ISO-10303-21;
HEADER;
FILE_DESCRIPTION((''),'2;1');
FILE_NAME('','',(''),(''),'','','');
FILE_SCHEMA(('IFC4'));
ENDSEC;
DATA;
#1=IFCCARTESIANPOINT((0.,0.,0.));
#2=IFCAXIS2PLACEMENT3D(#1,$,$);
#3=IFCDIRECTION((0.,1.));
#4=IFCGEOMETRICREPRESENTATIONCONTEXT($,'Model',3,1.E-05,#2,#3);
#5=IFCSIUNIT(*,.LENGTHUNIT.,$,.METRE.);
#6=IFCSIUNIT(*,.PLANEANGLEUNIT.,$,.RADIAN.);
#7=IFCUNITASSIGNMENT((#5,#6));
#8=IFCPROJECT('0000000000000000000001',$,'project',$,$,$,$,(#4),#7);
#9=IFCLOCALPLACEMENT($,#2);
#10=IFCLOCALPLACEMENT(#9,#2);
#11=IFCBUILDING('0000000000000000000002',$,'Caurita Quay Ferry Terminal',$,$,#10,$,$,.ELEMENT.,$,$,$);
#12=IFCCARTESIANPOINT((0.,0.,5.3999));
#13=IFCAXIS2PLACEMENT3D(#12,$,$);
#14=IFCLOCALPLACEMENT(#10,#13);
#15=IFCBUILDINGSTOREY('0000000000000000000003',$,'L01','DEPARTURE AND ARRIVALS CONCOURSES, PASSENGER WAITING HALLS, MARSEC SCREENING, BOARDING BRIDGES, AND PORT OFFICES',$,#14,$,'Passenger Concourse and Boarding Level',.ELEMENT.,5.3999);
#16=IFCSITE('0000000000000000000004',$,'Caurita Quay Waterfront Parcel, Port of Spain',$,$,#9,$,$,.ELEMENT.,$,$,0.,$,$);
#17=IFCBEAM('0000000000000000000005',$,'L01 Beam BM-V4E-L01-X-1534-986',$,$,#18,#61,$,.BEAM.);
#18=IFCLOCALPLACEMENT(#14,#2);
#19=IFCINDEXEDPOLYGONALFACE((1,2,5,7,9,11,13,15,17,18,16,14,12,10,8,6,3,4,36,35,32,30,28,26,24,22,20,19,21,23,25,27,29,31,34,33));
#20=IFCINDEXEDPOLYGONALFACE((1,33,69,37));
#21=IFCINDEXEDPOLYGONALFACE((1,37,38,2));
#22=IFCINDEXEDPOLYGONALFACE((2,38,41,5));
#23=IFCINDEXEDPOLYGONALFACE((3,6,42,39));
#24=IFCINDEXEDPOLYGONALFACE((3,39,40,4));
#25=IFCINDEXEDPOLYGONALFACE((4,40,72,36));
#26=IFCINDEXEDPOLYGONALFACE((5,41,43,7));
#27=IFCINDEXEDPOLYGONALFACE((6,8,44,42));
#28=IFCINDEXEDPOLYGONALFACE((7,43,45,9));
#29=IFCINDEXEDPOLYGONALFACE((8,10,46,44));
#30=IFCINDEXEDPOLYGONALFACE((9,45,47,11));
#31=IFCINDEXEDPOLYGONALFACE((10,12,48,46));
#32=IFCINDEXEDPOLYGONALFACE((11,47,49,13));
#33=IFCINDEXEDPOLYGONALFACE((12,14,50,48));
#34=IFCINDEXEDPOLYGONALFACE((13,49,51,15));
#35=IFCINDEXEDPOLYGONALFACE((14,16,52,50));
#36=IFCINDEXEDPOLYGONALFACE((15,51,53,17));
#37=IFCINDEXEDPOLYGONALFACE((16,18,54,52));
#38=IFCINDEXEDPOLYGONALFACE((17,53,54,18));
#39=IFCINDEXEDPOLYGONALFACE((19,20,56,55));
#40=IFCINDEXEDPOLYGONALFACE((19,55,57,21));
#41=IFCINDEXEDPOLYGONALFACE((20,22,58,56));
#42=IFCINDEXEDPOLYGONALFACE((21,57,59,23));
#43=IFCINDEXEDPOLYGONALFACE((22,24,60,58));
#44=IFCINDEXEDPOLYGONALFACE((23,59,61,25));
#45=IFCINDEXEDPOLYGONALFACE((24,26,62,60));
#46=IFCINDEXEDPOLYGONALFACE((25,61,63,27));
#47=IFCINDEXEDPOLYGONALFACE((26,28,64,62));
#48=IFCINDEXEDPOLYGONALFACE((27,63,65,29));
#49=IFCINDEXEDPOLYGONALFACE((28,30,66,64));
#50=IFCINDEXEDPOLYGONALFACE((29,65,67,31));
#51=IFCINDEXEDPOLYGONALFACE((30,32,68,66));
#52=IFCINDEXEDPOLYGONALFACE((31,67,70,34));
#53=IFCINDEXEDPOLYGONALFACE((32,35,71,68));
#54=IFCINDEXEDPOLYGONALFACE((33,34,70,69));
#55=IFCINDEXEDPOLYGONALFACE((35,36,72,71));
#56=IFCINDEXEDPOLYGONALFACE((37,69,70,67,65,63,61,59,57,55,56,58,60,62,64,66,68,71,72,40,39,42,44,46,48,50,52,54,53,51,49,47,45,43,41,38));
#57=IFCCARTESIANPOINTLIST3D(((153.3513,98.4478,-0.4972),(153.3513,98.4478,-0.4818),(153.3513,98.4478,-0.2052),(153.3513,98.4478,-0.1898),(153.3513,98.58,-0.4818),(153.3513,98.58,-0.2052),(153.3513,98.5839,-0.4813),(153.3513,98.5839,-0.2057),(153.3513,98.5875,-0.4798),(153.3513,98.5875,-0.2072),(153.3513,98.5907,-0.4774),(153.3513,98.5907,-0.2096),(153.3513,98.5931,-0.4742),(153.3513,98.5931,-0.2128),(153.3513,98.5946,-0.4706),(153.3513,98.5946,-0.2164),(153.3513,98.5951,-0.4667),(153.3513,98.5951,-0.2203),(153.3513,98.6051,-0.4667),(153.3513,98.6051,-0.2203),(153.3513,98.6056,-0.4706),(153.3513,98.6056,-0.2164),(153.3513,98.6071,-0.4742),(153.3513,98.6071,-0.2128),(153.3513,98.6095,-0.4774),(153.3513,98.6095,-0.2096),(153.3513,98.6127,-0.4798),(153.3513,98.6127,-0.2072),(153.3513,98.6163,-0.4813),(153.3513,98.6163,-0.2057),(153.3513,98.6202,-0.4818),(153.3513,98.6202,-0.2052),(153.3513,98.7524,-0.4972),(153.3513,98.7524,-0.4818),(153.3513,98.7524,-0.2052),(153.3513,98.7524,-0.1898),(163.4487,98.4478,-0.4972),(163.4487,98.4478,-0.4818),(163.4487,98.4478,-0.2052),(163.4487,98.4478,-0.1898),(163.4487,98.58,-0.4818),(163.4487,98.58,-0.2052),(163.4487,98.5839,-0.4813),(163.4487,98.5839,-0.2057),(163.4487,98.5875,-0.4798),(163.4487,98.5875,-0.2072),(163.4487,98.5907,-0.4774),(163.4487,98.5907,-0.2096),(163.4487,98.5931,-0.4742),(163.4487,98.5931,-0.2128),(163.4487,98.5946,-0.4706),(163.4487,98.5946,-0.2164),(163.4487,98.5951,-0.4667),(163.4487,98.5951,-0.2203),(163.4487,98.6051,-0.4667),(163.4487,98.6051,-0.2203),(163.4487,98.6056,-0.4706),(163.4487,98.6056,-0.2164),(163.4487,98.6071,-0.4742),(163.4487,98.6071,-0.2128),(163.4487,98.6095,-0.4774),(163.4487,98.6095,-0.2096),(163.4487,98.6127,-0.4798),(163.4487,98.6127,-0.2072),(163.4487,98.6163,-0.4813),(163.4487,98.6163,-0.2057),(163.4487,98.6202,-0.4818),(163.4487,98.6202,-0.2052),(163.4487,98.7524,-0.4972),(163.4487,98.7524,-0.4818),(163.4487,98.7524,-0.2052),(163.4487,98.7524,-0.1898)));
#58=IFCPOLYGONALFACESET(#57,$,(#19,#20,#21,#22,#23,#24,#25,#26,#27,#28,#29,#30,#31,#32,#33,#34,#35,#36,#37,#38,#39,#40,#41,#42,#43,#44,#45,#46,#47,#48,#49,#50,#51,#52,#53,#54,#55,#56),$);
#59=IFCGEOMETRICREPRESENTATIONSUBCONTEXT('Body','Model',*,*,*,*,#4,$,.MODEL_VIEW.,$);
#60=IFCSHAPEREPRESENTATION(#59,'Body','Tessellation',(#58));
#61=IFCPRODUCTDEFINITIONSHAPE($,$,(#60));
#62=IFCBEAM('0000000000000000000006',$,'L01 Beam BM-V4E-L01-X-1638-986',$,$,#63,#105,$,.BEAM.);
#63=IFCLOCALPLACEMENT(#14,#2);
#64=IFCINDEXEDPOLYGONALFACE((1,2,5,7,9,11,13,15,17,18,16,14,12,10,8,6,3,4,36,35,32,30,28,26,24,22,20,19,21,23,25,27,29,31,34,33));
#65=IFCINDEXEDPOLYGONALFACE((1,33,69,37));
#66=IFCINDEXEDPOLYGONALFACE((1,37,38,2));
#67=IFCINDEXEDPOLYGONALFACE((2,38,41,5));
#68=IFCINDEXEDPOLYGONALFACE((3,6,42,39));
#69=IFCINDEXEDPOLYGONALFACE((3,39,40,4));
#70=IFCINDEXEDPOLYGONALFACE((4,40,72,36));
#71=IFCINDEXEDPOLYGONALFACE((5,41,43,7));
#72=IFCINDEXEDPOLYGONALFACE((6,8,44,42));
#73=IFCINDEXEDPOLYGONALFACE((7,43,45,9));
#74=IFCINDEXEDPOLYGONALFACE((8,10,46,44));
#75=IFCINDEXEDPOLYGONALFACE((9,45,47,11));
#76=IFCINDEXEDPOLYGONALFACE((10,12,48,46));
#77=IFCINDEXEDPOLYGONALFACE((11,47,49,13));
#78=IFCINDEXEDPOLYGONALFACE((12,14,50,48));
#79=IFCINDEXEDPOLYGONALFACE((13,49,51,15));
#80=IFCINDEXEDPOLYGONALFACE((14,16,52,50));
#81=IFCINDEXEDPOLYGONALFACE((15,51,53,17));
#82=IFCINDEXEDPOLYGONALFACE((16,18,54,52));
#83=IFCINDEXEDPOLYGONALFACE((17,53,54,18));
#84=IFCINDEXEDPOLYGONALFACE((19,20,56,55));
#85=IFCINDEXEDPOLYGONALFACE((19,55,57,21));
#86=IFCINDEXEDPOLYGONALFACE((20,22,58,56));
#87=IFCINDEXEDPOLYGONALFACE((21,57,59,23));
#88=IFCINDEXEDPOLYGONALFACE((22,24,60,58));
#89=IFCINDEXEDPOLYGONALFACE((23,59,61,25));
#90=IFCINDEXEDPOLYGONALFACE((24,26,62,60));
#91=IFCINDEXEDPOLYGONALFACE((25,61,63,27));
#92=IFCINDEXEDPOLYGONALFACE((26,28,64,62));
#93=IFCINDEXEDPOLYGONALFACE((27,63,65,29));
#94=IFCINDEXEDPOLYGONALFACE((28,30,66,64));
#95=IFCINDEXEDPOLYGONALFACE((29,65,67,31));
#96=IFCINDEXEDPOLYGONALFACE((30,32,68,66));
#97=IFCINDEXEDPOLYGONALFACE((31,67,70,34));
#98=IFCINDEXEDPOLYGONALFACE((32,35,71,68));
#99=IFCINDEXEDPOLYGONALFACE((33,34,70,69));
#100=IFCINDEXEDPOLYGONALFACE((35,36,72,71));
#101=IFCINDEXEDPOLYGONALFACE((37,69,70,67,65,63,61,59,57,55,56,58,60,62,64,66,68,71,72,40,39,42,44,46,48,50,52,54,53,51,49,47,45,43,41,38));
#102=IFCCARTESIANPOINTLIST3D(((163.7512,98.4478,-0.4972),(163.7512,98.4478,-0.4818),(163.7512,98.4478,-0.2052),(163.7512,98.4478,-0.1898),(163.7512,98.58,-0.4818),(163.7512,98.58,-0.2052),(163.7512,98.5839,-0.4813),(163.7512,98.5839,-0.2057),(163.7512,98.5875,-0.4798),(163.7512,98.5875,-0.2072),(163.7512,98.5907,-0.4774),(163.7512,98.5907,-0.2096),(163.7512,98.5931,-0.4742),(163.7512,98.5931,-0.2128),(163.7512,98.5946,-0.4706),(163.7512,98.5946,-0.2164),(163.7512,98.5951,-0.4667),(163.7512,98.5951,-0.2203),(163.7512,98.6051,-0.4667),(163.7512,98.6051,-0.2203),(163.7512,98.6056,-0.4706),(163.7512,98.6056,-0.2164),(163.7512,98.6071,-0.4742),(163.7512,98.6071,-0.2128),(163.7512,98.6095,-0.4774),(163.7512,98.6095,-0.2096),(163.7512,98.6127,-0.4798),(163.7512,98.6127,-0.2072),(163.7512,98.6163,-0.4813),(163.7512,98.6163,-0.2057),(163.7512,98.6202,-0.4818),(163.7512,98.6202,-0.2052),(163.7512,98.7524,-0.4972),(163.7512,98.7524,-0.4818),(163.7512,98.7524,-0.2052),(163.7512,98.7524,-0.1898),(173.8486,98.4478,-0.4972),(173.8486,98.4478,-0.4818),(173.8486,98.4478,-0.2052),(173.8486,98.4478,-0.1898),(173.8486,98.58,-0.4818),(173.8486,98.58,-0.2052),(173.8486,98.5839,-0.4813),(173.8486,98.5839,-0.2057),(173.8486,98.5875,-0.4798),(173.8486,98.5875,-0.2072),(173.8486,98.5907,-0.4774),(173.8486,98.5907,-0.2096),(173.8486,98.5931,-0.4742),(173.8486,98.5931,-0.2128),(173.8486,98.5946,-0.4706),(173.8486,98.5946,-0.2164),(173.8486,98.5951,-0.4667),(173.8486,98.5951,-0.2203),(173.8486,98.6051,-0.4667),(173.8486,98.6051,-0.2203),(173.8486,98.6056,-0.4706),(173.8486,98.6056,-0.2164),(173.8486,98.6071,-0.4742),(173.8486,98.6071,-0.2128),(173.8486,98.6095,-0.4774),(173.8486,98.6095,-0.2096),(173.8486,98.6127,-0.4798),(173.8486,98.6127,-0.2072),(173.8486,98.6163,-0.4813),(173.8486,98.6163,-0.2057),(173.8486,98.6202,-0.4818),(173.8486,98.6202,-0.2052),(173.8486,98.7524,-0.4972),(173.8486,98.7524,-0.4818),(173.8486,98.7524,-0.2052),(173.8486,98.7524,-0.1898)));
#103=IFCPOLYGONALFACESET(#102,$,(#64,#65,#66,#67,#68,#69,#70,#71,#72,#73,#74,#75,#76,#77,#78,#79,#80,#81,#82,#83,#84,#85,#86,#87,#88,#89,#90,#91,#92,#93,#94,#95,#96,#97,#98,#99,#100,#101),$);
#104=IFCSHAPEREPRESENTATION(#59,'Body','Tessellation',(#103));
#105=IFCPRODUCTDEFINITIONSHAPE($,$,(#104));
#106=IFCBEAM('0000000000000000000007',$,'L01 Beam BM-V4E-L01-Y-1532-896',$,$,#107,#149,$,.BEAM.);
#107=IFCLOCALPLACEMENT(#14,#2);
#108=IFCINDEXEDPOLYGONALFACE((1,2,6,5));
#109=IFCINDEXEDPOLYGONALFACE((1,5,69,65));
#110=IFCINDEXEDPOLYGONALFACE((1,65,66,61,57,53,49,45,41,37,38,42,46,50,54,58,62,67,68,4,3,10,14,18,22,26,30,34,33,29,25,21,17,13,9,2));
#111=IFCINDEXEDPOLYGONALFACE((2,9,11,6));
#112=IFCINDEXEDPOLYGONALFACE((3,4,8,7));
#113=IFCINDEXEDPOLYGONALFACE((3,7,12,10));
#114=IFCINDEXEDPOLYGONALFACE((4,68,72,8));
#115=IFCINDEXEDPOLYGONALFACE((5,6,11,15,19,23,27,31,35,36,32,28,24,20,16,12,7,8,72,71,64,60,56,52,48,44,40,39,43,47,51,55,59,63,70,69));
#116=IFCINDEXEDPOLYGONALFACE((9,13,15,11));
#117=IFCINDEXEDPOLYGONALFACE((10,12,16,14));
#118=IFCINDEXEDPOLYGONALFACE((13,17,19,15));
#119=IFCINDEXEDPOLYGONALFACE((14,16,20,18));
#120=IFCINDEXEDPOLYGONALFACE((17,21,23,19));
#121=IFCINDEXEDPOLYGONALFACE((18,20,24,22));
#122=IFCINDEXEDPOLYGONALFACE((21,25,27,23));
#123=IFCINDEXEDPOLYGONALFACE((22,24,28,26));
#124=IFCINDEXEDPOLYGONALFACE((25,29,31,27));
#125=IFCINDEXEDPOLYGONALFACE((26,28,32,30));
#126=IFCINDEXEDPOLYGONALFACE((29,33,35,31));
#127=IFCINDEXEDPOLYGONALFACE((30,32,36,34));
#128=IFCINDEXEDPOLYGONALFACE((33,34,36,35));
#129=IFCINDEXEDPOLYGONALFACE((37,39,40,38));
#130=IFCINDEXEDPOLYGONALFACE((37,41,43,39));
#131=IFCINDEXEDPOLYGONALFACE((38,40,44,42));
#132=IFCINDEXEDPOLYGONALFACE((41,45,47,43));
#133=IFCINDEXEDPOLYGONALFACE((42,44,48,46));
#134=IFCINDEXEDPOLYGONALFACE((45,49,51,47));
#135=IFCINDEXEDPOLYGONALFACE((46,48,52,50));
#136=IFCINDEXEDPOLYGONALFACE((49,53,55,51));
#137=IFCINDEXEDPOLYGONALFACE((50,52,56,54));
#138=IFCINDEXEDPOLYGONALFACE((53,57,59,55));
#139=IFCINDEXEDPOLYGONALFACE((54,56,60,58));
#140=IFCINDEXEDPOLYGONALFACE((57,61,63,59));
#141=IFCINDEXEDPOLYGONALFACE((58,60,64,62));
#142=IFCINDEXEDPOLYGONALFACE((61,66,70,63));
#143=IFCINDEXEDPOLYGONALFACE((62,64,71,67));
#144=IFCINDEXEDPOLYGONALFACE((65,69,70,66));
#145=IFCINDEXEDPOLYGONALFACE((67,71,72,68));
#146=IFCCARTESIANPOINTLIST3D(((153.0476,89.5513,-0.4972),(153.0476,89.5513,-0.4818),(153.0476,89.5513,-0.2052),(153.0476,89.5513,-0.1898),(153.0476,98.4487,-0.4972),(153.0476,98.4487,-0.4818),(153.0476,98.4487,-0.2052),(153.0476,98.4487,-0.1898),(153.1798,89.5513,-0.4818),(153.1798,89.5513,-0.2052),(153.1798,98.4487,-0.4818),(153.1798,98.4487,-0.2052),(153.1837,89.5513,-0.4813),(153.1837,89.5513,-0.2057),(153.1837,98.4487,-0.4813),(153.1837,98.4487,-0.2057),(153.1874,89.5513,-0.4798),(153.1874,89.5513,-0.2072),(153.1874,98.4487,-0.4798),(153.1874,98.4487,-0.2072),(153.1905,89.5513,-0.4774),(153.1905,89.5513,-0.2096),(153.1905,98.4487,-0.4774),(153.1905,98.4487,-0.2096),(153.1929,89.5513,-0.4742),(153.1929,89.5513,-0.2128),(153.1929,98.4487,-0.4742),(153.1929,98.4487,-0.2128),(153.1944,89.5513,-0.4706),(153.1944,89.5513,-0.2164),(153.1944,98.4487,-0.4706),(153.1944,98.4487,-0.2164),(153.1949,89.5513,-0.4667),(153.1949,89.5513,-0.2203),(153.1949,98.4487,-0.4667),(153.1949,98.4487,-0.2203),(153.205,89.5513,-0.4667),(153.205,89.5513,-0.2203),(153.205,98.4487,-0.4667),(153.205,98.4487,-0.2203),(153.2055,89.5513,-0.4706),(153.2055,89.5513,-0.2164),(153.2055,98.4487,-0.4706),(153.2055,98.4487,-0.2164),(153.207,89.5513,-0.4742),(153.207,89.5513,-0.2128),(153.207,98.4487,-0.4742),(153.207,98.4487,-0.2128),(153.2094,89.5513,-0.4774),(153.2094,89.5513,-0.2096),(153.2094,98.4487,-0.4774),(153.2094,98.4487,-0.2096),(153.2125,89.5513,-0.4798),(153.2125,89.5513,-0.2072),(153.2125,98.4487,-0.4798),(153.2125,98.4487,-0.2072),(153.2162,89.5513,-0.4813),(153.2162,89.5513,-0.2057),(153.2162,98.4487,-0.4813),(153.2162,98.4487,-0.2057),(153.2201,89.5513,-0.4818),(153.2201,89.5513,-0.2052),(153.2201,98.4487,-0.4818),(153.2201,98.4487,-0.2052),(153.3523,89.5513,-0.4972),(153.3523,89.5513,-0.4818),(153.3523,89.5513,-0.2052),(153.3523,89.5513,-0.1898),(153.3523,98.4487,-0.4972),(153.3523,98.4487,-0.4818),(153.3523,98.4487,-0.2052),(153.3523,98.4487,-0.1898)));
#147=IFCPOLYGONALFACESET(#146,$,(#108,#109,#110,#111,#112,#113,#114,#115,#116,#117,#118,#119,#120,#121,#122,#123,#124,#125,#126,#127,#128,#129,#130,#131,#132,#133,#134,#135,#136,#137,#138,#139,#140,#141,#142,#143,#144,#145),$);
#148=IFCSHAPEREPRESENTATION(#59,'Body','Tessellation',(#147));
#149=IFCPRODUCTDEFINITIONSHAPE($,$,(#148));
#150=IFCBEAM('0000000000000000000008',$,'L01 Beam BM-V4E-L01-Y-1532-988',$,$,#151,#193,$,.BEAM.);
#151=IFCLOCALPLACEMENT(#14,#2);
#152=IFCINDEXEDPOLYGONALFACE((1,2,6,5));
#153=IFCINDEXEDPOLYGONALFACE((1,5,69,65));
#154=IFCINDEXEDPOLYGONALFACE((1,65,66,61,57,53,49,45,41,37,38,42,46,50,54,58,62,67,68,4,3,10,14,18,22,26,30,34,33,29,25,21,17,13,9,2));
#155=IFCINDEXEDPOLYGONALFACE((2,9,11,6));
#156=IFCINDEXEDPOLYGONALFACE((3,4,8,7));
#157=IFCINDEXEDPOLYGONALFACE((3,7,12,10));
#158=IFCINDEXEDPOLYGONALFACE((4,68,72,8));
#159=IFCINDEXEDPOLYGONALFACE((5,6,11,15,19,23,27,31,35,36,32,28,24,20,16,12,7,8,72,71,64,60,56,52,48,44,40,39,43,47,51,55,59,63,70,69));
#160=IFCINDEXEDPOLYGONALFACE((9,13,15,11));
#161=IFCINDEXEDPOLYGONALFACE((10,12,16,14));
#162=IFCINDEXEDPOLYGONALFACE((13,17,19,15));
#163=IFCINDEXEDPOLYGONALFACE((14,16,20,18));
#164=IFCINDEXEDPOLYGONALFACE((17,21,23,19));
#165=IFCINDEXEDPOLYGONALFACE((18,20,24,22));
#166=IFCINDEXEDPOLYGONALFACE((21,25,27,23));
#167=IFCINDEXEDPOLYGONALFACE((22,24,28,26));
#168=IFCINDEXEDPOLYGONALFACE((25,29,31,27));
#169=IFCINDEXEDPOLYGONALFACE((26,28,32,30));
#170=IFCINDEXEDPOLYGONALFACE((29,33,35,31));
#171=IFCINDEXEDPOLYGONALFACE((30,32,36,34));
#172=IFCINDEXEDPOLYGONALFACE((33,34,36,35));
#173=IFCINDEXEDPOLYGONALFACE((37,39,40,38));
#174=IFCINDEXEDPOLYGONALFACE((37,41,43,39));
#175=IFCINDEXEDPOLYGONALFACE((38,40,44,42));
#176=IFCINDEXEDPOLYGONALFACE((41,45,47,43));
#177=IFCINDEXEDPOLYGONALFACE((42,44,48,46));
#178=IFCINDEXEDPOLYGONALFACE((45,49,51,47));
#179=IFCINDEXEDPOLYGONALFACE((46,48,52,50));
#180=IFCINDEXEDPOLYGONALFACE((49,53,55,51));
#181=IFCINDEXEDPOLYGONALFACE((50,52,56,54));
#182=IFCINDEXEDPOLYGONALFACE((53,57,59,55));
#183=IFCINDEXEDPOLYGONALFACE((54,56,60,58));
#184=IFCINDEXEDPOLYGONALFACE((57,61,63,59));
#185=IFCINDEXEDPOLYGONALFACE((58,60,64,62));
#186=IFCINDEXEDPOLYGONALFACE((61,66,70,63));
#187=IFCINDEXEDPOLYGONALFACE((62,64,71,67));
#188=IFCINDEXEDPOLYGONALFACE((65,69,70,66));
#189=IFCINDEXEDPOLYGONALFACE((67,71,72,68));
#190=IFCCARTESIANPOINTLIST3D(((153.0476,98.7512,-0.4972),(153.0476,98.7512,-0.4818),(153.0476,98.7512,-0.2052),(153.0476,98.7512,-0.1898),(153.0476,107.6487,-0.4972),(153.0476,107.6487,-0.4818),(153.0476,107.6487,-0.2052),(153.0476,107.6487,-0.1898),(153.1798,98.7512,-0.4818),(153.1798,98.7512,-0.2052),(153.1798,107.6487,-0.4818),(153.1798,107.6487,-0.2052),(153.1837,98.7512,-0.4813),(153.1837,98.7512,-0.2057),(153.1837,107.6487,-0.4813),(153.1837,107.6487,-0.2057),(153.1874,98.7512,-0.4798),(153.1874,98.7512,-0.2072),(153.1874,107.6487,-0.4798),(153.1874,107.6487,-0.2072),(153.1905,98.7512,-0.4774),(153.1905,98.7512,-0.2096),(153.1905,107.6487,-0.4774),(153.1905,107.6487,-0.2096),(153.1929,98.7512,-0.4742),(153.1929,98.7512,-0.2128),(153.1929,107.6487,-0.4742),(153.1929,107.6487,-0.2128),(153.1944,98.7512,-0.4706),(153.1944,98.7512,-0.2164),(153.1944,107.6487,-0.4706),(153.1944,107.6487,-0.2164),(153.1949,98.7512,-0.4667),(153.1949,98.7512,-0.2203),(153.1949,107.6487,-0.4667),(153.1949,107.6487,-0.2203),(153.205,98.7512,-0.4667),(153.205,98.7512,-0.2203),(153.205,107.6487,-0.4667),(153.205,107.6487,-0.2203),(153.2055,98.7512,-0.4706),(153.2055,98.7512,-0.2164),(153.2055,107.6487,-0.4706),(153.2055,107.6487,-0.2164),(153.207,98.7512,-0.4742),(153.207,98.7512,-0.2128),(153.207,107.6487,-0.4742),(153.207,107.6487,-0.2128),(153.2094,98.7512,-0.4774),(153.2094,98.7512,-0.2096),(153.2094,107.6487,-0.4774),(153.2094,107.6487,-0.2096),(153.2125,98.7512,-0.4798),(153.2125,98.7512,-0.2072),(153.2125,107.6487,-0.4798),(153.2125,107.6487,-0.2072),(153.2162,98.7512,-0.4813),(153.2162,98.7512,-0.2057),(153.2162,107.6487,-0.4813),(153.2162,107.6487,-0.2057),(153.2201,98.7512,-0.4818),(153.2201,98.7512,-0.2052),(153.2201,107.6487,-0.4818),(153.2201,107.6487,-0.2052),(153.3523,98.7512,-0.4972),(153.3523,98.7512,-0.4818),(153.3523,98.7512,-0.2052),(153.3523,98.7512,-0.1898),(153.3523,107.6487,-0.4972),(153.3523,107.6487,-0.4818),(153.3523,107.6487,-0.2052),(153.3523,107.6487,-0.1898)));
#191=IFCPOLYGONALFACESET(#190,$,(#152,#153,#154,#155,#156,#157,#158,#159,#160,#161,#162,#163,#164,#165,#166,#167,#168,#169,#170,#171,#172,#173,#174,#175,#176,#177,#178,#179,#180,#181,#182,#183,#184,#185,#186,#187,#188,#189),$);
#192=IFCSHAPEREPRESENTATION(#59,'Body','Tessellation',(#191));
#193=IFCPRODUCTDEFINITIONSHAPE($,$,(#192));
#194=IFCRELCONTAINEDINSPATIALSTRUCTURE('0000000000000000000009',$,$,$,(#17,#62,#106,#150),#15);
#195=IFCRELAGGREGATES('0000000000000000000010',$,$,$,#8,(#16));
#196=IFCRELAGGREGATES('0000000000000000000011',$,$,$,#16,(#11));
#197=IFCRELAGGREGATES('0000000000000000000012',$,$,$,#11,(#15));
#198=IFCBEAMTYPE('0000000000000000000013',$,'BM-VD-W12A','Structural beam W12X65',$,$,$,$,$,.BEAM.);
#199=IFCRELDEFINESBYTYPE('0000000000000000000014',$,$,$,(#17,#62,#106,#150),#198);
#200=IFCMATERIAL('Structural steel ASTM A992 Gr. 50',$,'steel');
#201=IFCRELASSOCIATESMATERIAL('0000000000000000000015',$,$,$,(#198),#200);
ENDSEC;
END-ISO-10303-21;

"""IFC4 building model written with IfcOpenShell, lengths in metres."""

from ifc_helpers import new_model, si_unit, direction, frame, origin, origin_2d, place, context, subcontext, project, spatial, i_section, extrude, material, material_profile, profile_set, type_object, element, save


model = new_model("IFC4")

# Units and contexts
model_context = context("Model", 3, precision=1e-05, world=origin(), true_north=direction((0.0, 1.0)))
body_context = subcontext(model_context, "Body", "Model", "MODEL_VIEW")
ifc_project = project(units=[si_unit("LENGTHUNIT", "METRE"), si_unit("PLANEANGLEUNIT", "RADIAN")], contexts=[model_context])

# Site, building, storey
site_placement = place(None, origin())
site = spatial("IfcSite", under=ifc_project, at=site_placement, Name="Caurita Quay Waterfront Parcel, Port of Spain", CompositionType="ELEMENT", RefElevation=0.0)
building_placement = place(site_placement, origin())
building = spatial("IfcBuilding", under=site, at=building_placement, Name="Caurita Quay Ferry Terminal", CompositionType="ELEMENT")
storey_placement = place(building_placement, frame((0.0, 0.0, 5.3999)))
storey = spatial("IfcBuildingStorey", under=building, at=storey_placement, Name="L01", Description="DEPARTURE AND ARRIVALS CONCOURSES, PASSENGER WAITING HALLS, MARSEC SCREENING, BOARDING BRIDGES, AND PORT OFFICES", LongName="Passenger Concourse and Boarding Level", CompositionType="ELEMENT", Elevation=5.3999)

# Beams
ifc_material_1 = material(Name="Structural steel ASTM A992 Gr. 50", Category="steel")
ifc_material_profile_1 = material_profile(ifc_material_1, i_section(OverallWidth=0.3047, OverallDepth=0.3074, WebThickness=0.01, FlangeThickness=0.0154, FilletRadius=0.0151, at=origin_2d()), Name="W12X65")
ifc_profile_set_1 = profile_set([ifc_material_profile_1], Name="Structural steel ASTM A992 Gr. 50")
beam_type_1 = type_object("IfcBeamType", Name="BM-VD-W12A", Description="Structural beam W12X65", PredefinedType="BEAM", material=ifc_profile_set_1)
for number, where, z_axis, x_axis, name in (
    (1, (153.3513, 98.6001, -0.3435), (1.0, 0.0, 0.0), (0.0, 1.0, 0.0), "L01 Beam BM-V4E-L01-X-1534-986"),
    (2, (163.7512, 98.6001, -0.3435), (1.0, 0.0, 0.0), (0.0, 1.0, 0.0), "L01 Beam BM-V4E-L01-X-1638-986"),
):
    element("IfcBeam", number, at=place(storey_placement, frame(where, z_axis=z_axis, x_axis=x_axis)), inside=storey, type_object=beam_type_1, Name=name, PredefinedType="BEAM", context=body_context, shape_type="SweptSolid", body=[
        extrude(i_section(OverallWidth=0.3047, OverallDepth=0.3074, WebThickness=0.01, FlangeThickness=0.0154, FilletRadius=0.0151, at=origin_2d()), origin(), (0.0, 0.0, 1.0), 10.0974),
    ])
for number, where, z_axis, x_axis, name in (
    (3, (153.2, 89.5513, -0.3435), (0.0, 1.0, 0.0), (-1.0, 0.0, 0.0), "L01 Beam BM-V4E-L01-Y-1532-896"),
    (4, (153.2, 98.7512, -0.3435), (0.0, 1.0, 0.0), (-1.0, 0.0, 0.0), "L01 Beam BM-V4E-L01-Y-1532-988"),
):
    element("IfcBeam", number, at=place(storey_placement, frame(where, z_axis=z_axis, x_axis=x_axis)), inside=storey, type_object=beam_type_1, Name=name, PredefinedType="BEAM", context=body_context, shape_type="SweptSolid", body=[
        extrude(i_section(OverallWidth=0.3047, OverallDepth=0.3074, WebThickness=0.01, FlangeThickness=0.0154, FilletRadius=0.0151, at=origin_2d()), origin(), (0.0, 0.0, 1.0), 8.8975),
    ])

save(model, "model.ifc")
